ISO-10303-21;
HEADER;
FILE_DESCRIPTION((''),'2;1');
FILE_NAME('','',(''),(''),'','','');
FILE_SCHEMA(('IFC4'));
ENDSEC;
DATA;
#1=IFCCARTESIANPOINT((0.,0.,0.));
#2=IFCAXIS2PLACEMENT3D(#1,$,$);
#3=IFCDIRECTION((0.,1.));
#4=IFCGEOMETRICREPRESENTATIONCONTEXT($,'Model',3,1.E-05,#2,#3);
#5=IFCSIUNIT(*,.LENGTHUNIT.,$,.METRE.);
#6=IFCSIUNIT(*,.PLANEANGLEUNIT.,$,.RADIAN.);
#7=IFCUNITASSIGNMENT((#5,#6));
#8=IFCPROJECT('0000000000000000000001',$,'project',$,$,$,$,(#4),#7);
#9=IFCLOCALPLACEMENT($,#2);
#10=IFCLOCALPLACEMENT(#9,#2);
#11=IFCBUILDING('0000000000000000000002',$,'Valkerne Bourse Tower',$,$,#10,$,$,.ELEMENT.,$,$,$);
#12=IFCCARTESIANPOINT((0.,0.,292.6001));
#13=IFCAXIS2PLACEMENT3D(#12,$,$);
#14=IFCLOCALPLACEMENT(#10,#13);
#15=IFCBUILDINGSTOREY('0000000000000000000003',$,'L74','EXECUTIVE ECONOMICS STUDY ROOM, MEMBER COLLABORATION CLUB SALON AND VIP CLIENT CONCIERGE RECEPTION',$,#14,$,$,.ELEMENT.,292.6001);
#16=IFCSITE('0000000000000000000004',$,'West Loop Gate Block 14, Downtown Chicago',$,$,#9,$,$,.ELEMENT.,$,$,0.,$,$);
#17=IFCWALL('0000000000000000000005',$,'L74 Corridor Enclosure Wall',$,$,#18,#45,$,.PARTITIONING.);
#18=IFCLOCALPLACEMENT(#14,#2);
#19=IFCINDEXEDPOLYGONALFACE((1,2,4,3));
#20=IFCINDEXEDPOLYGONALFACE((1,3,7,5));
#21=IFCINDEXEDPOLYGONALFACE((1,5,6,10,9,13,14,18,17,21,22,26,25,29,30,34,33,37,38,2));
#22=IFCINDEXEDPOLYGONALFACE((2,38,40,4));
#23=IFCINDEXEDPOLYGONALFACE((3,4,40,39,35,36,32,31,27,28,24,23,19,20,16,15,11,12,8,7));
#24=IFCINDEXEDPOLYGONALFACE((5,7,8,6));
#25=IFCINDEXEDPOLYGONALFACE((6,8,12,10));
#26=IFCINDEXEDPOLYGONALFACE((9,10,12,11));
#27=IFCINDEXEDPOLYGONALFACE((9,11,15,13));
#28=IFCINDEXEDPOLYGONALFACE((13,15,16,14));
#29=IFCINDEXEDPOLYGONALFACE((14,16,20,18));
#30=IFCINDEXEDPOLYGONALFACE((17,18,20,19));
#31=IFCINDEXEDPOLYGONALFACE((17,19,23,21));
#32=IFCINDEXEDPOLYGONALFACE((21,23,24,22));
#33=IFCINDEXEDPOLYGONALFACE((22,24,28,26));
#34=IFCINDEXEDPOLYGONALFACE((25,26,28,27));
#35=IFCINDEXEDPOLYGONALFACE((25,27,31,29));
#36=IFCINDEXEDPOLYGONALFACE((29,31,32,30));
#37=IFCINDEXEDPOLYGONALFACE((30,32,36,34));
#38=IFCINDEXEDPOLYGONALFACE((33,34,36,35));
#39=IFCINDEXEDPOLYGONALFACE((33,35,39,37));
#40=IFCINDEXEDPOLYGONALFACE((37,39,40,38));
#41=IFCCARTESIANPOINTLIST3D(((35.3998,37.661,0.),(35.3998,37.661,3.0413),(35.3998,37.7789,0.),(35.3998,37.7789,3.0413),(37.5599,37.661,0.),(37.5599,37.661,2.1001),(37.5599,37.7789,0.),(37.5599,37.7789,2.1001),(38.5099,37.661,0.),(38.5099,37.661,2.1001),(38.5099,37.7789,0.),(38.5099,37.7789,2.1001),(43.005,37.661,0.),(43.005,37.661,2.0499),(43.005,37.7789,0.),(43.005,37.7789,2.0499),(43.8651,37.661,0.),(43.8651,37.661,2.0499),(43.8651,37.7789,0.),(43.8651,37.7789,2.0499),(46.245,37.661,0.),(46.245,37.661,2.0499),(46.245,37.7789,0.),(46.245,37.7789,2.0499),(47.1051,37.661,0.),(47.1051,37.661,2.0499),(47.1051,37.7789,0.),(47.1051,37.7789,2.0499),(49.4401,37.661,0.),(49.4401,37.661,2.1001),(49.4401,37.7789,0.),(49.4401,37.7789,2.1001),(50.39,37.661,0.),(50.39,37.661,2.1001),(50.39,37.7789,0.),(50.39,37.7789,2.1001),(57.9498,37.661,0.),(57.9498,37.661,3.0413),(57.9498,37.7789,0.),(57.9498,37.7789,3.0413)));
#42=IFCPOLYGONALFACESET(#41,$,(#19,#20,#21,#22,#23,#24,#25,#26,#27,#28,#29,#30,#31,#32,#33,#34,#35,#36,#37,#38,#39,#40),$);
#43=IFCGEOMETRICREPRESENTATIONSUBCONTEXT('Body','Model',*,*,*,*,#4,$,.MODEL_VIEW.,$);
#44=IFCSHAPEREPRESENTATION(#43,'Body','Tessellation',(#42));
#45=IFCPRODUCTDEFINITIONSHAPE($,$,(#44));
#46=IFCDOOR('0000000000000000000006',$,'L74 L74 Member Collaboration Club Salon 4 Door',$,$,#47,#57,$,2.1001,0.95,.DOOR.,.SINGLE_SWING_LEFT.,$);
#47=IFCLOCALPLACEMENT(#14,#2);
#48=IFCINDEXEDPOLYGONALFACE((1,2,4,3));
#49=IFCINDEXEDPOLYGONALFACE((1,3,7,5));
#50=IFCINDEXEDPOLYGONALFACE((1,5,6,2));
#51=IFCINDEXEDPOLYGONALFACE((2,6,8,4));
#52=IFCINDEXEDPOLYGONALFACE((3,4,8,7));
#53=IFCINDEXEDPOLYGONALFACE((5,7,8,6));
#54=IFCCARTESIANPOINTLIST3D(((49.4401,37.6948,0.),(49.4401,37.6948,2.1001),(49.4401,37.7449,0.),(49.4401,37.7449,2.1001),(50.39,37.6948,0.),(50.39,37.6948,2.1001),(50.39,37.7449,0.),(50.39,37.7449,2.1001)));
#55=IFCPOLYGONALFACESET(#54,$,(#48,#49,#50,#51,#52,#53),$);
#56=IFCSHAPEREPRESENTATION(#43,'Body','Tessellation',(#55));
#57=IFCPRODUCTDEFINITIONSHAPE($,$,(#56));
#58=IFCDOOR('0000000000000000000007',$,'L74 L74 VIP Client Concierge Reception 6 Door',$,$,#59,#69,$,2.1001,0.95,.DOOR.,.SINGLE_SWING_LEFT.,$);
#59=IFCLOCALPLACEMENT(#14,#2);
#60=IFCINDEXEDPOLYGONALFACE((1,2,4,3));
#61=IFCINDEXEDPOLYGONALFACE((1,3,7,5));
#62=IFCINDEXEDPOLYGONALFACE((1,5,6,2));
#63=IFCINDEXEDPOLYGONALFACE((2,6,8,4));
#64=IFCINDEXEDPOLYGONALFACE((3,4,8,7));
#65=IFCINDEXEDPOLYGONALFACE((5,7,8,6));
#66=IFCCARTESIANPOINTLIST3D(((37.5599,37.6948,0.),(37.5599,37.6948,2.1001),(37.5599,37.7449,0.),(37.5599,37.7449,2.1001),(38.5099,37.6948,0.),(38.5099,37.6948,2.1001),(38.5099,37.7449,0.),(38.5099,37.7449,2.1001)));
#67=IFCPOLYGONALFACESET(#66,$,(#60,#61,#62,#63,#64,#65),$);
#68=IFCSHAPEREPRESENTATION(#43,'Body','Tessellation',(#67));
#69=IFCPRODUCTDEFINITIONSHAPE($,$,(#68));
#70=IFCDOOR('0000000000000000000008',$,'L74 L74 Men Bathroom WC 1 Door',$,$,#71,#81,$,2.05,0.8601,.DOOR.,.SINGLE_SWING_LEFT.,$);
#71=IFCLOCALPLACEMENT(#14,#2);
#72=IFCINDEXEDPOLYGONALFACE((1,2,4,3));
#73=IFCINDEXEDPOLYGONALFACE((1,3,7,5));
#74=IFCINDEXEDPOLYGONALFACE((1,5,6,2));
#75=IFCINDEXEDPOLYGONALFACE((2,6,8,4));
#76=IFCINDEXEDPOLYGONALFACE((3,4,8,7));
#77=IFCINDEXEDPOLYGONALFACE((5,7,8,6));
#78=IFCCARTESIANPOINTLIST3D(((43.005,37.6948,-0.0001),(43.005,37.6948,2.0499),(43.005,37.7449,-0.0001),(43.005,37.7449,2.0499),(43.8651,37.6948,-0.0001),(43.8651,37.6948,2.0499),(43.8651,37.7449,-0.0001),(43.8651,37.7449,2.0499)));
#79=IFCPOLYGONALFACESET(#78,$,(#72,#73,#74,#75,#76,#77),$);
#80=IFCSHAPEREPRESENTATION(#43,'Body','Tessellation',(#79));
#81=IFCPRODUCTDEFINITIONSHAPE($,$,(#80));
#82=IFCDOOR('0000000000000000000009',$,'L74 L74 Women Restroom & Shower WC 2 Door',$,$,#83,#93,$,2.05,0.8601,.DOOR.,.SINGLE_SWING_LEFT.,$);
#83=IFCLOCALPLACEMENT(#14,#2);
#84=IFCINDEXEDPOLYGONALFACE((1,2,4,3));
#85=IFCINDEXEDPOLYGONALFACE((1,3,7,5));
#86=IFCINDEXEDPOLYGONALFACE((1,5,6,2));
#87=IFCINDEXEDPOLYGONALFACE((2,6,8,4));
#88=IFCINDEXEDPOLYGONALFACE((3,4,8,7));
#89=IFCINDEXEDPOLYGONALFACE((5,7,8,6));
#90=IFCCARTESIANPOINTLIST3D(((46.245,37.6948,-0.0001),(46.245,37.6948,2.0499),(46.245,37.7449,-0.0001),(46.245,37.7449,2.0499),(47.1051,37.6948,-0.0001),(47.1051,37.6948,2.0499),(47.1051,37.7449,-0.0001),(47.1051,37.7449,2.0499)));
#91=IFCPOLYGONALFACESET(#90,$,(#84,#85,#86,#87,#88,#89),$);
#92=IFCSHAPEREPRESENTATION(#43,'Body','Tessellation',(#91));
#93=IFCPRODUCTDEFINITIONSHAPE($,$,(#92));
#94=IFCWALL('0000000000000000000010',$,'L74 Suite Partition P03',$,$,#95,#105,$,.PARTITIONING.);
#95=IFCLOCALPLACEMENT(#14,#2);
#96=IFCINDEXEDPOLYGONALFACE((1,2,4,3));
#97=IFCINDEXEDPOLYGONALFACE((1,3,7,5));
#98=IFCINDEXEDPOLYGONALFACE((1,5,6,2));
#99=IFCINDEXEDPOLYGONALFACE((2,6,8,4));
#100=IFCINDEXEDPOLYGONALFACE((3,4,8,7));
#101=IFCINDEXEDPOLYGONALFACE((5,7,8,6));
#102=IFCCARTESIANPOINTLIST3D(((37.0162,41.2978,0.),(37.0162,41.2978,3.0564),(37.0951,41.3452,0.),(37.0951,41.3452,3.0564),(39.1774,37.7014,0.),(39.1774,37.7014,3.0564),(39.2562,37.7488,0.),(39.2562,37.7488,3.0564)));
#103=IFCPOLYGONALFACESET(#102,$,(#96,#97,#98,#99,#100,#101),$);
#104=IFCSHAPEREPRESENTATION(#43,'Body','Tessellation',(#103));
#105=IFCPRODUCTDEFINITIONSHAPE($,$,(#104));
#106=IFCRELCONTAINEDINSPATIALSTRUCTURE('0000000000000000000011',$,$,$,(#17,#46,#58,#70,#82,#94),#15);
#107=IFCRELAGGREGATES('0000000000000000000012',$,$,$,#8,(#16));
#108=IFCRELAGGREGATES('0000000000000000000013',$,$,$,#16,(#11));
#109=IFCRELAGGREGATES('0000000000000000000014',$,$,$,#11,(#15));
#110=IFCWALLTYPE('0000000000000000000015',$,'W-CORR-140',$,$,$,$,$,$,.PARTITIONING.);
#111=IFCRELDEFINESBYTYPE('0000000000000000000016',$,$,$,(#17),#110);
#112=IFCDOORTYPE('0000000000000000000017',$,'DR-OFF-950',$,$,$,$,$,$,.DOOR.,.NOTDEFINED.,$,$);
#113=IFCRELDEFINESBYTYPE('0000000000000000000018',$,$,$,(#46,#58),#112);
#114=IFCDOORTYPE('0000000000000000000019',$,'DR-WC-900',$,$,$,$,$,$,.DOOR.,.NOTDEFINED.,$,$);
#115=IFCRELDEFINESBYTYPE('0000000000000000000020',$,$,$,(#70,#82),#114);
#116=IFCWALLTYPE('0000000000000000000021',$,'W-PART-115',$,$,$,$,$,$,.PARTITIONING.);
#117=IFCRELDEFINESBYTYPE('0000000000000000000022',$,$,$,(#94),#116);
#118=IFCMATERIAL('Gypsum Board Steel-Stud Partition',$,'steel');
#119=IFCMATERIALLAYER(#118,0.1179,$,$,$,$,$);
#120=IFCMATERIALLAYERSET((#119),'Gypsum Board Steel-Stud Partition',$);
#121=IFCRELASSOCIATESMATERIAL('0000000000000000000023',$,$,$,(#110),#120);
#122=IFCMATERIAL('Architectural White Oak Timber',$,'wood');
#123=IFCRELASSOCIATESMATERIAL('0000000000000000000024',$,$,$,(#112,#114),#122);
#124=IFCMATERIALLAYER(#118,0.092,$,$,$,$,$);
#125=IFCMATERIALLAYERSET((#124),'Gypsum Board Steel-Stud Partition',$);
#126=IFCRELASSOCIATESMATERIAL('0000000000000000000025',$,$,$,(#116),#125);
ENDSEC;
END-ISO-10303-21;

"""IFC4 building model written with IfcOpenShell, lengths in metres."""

from ifc_helpers import new_model, si_unit, direction, frame, frame_2d, origin, place, context, subcontext, project, spatial, rectangle, extrude, material, layer, layer_set, type_object, element, fill, save


model = new_model("IFC4")

# Units and contexts
model_context = context("Model", 3, precision=1e-05, world=origin(), true_north=direction((0.0, 1.0)))
body_context = subcontext(model_context, "Body", "Model", "MODEL_VIEW")
ifc_project = project(units=[si_unit("LENGTHUNIT", "METRE"), si_unit("PLANEANGLEUNIT", "RADIAN")], contexts=[model_context])

# Site, building, storey
site_placement = place(None, origin())
site = spatial("IfcSite", under=ifc_project, at=site_placement, Name="West Loop Gate Block 14, Downtown Chicago", CompositionType="ELEMENT", RefElevation=0.0)
building_placement = place(site_placement, origin())
building = spatial("IfcBuilding", under=site, at=building_placement, Name="Valkerne Bourse Tower", CompositionType="ELEMENT")
storey_placement = place(building_placement, frame((0.0, 0.0, 292.6001)))
storey = spatial("IfcBuildingStorey", under=building, at=storey_placement, Name="L74", Description="EXECUTIVE ECONOMICS STUDY ROOM, MEMBER COLLABORATION CLUB SALON AND VIP CLIENT CONCIERGE RECEPTION", CompositionType="ELEMENT", Elevation=292.6001)

# Wall, openings, doors
ifc_material_1 = material(Name="Gypsum Board Steel-Stud Partition", Category="steel")
ifc_layer_1 = layer(ifc_material_1, 0.1179)
ifc_layer_set_1 = layer_set([ifc_layer_1], Name="Gypsum Board Steel-Stud Partition")
wall_type_1 = type_object("IfcWallType", Name="W-CORR-140", PredefinedType="PARTITIONING", material=ifc_layer_set_1)
wall_1_placement = place(storey_placement, frame((35.3999, 37.72, 0.0), z_axis=(0.0, 0.0, 1.0), x_axis=(1.0, 0.0, 0.0)))
wall_1 = element("IfcWall", 1, at=wall_1_placement, inside=storey, type_object=wall_type_1, Name="L74 Corridor Enclosure Wall", PredefinedType="PARTITIONING", context=body_context, shape_type="SweptSolid", body=[
    extrude(rectangle(XDim=22.55, YDim=0.1179, at=frame_2d((11.2749, 0.0))), origin(), (0.0, 0.0, 1.0), 3.0413),
])
opening_1_placement = place(wall_1_placement, frame((7.605, 0.0, 0.0)))
opening_1 = element("IfcOpeningElement", 2, at=opening_1_placement, cuts=wall_1, PredefinedType="OPENING", context=body_context, shape_type="SweptSolid", body=[
    extrude(rectangle(XDim=0.8601, YDim=2.05, at=frame_2d((0.4302, 1.0249))), frame((0.0, 0.0688, 0.0), z_axis=(0.0, -1.0, 0.0), x_axis=(1.0, 0.0, 0.0)), (0.0, 0.0, 1.0), 0.1379),
])
opening_2_placement = place(wall_1_placement, frame((10.845, 0.0, 0.0)))
opening_2 = element("IfcOpeningElement", 3, at=opening_2_placement, cuts=wall_1, PredefinedType="OPENING", context=body_context, shape_type="SweptSolid", body=[
    extrude(rectangle(XDim=0.8601, YDim=2.05, at=frame_2d((0.4302, 1.0249))), frame((0.0, 0.0688, 0.0), z_axis=(0.0, -1.0, 0.0), x_axis=(1.0, 0.0, 0.0)), (0.0, 0.0, 1.0), 0.1379),
])
opening_3_placement = place(wall_1_placement, frame((14.04, 0.0, 0.0)))
opening_3 = element("IfcOpeningElement", 4, at=opening_3_placement, cuts=wall_1, PredefinedType="OPENING", context=body_context, shape_type="SweptSolid", body=[
    extrude(rectangle(XDim=0.95, YDim=2.1001, at=frame_2d((0.4751, 1.05))), frame((0.0, 0.0688, 0.0), z_axis=(0.0, -1.0, 0.0), x_axis=(1.0, 0.0, 0.0)), (0.0, 0.0, 1.0), 0.1379),
])
opening_4_placement = place(wall_1_placement, frame((2.1599, 0.0, 0.0)))
opening_4 = element("IfcOpeningElement", 5, at=opening_4_placement, cuts=wall_1, PredefinedType="OPENING", context=body_context, shape_type="SweptSolid", body=[
    extrude(rectangle(XDim=0.95, YDim=2.1001, at=frame_2d((0.4751, 1.05))), frame((0.0, 0.0688, 0.0), z_axis=(0.0, -1.0, 0.0), x_axis=(1.0, 0.0, 0.0)), (0.0, 0.0, 1.0), 0.1379),
])
ifc_material_2 = material(Name="Architectural White Oak Timber", Category="wood")
door_type_1 = type_object("IfcDoorType", Name="DR-OFF-950", OperationType="NOTDEFINED", PredefinedType="DOOR", material=ifc_material_2)
door_1_placement = place(opening_3_placement, origin())
door_1 = element("IfcDoor", 6, at=door_1_placement, inside=storey, type_object=door_type_1, Name="L74 L74 Member Collaboration Club Salon 4 Door", OperationType="SINGLE_SWING_LEFT", OverallHeight=2.1001, OverallWidth=0.95, PredefinedType="DOOR", context=body_context, shape_type="SweptSolid", body=[
    extrude(rectangle(XDim=0.95, YDim=2.1001, at=frame_2d((0.4751, 1.05))), frame((0.0, 0.0249, 0.0), z_axis=(0.0, -1.0, 0.0), x_axis=(1.0, 0.0, 0.0)), (0.0, 0.0, 1.0), 0.05),
])
fill(opening_3, door_1)
door_2_placement = place(opening_4_placement, origin())
door_2 = element("IfcDoor", 7, at=door_2_placement, inside=storey, type_object=door_type_1, Name="L74 L74 VIP Client Concierge Reception 6 Door", OperationType="SINGLE_SWING_LEFT", OverallHeight=2.1001, OverallWidth=0.95, PredefinedType="DOOR", context=body_context, shape_type="SweptSolid", body=[
    extrude(rectangle(XDim=0.95, YDim=2.1001, at=frame_2d((0.4751, 1.05))), frame((0.0, 0.0249, 0.0), z_axis=(0.0, -1.0, 0.0), x_axis=(1.0, 0.0, 0.0)), (0.0, 0.0, 1.0), 0.05),
])
fill(opening_4, door_2)
door_type_2 = type_object("IfcDoorType", Name="DR-WC-900", OperationType="NOTDEFINED", PredefinedType="DOOR", material=ifc_material_2)
door_3_placement = place(opening_1_placement, origin())
door_3 = element("IfcDoor", 8, at=door_3_placement, inside=storey, type_object=door_type_2, Name="L74 L74 Men Bathroom WC 1 Door", OperationType="SINGLE_SWING_LEFT", OverallHeight=2.05, OverallWidth=0.8601, PredefinedType="DOOR", context=body_context, shape_type="SweptSolid", body=[
    extrude(rectangle(XDim=0.8601, YDim=2.05, at=frame_2d((0.4302, 1.0249))), frame((0.0, 0.0249, 0.0), z_axis=(0.0, -1.0, 0.0), x_axis=(1.0, 0.0, 0.0)), (0.0, 0.0, 1.0), 0.05),
])
fill(opening_1, door_3)
door_4_placement = place(opening_2_placement, origin())
door_4 = element("IfcDoor", 9, at=door_4_placement, inside=storey, type_object=door_type_2, Name="L74 L74 Women Restroom & Shower WC 2 Door", OperationType="SINGLE_SWING_LEFT", OverallHeight=2.05, OverallWidth=0.8601, PredefinedType="DOOR", context=body_context, shape_type="SweptSolid", body=[
    extrude(rectangle(XDim=0.8601, YDim=2.05, at=frame_2d((0.4302, 1.0249))), frame((0.0, 0.0249, 0.0), z_axis=(0.0, -1.0, 0.0), x_axis=(1.0, 0.0, 0.0)), (0.0, 0.0, 1.0), 0.05),
])
fill(opening_2, door_4)

# Wall
ifc_layer_2 = layer(ifc_material_1, 0.092)
ifc_layer_set_2 = layer_set([ifc_layer_2], Name="Gypsum Board Steel-Stud Partition")
wall_type_2 = type_object("IfcWallType", Name="W-PART-115", PredefinedType="PARTITIONING", material=ifc_layer_set_2)
wall_2_placement = place(storey_placement, frame((39.2168, 37.7251, 0.0), z_axis=(0.0, 0.0, 1.0), x_axis=(-0.515069, 0.857149, 0.0)))
element("IfcWall", 10, at=wall_2_placement, inside=storey, type_object=wall_type_2, Name="L74 Suite Partition P03", PredefinedType="PARTITIONING", context=body_context, shape_type="SweptSolid", body=[
    extrude(rectangle(XDim=4.1958, YDim=0.092, at=frame_2d((2.0979, 0.0))), origin(), (0.0, 0.0, 1.0), 3.0564),
])

save(model, "model.ifc")
